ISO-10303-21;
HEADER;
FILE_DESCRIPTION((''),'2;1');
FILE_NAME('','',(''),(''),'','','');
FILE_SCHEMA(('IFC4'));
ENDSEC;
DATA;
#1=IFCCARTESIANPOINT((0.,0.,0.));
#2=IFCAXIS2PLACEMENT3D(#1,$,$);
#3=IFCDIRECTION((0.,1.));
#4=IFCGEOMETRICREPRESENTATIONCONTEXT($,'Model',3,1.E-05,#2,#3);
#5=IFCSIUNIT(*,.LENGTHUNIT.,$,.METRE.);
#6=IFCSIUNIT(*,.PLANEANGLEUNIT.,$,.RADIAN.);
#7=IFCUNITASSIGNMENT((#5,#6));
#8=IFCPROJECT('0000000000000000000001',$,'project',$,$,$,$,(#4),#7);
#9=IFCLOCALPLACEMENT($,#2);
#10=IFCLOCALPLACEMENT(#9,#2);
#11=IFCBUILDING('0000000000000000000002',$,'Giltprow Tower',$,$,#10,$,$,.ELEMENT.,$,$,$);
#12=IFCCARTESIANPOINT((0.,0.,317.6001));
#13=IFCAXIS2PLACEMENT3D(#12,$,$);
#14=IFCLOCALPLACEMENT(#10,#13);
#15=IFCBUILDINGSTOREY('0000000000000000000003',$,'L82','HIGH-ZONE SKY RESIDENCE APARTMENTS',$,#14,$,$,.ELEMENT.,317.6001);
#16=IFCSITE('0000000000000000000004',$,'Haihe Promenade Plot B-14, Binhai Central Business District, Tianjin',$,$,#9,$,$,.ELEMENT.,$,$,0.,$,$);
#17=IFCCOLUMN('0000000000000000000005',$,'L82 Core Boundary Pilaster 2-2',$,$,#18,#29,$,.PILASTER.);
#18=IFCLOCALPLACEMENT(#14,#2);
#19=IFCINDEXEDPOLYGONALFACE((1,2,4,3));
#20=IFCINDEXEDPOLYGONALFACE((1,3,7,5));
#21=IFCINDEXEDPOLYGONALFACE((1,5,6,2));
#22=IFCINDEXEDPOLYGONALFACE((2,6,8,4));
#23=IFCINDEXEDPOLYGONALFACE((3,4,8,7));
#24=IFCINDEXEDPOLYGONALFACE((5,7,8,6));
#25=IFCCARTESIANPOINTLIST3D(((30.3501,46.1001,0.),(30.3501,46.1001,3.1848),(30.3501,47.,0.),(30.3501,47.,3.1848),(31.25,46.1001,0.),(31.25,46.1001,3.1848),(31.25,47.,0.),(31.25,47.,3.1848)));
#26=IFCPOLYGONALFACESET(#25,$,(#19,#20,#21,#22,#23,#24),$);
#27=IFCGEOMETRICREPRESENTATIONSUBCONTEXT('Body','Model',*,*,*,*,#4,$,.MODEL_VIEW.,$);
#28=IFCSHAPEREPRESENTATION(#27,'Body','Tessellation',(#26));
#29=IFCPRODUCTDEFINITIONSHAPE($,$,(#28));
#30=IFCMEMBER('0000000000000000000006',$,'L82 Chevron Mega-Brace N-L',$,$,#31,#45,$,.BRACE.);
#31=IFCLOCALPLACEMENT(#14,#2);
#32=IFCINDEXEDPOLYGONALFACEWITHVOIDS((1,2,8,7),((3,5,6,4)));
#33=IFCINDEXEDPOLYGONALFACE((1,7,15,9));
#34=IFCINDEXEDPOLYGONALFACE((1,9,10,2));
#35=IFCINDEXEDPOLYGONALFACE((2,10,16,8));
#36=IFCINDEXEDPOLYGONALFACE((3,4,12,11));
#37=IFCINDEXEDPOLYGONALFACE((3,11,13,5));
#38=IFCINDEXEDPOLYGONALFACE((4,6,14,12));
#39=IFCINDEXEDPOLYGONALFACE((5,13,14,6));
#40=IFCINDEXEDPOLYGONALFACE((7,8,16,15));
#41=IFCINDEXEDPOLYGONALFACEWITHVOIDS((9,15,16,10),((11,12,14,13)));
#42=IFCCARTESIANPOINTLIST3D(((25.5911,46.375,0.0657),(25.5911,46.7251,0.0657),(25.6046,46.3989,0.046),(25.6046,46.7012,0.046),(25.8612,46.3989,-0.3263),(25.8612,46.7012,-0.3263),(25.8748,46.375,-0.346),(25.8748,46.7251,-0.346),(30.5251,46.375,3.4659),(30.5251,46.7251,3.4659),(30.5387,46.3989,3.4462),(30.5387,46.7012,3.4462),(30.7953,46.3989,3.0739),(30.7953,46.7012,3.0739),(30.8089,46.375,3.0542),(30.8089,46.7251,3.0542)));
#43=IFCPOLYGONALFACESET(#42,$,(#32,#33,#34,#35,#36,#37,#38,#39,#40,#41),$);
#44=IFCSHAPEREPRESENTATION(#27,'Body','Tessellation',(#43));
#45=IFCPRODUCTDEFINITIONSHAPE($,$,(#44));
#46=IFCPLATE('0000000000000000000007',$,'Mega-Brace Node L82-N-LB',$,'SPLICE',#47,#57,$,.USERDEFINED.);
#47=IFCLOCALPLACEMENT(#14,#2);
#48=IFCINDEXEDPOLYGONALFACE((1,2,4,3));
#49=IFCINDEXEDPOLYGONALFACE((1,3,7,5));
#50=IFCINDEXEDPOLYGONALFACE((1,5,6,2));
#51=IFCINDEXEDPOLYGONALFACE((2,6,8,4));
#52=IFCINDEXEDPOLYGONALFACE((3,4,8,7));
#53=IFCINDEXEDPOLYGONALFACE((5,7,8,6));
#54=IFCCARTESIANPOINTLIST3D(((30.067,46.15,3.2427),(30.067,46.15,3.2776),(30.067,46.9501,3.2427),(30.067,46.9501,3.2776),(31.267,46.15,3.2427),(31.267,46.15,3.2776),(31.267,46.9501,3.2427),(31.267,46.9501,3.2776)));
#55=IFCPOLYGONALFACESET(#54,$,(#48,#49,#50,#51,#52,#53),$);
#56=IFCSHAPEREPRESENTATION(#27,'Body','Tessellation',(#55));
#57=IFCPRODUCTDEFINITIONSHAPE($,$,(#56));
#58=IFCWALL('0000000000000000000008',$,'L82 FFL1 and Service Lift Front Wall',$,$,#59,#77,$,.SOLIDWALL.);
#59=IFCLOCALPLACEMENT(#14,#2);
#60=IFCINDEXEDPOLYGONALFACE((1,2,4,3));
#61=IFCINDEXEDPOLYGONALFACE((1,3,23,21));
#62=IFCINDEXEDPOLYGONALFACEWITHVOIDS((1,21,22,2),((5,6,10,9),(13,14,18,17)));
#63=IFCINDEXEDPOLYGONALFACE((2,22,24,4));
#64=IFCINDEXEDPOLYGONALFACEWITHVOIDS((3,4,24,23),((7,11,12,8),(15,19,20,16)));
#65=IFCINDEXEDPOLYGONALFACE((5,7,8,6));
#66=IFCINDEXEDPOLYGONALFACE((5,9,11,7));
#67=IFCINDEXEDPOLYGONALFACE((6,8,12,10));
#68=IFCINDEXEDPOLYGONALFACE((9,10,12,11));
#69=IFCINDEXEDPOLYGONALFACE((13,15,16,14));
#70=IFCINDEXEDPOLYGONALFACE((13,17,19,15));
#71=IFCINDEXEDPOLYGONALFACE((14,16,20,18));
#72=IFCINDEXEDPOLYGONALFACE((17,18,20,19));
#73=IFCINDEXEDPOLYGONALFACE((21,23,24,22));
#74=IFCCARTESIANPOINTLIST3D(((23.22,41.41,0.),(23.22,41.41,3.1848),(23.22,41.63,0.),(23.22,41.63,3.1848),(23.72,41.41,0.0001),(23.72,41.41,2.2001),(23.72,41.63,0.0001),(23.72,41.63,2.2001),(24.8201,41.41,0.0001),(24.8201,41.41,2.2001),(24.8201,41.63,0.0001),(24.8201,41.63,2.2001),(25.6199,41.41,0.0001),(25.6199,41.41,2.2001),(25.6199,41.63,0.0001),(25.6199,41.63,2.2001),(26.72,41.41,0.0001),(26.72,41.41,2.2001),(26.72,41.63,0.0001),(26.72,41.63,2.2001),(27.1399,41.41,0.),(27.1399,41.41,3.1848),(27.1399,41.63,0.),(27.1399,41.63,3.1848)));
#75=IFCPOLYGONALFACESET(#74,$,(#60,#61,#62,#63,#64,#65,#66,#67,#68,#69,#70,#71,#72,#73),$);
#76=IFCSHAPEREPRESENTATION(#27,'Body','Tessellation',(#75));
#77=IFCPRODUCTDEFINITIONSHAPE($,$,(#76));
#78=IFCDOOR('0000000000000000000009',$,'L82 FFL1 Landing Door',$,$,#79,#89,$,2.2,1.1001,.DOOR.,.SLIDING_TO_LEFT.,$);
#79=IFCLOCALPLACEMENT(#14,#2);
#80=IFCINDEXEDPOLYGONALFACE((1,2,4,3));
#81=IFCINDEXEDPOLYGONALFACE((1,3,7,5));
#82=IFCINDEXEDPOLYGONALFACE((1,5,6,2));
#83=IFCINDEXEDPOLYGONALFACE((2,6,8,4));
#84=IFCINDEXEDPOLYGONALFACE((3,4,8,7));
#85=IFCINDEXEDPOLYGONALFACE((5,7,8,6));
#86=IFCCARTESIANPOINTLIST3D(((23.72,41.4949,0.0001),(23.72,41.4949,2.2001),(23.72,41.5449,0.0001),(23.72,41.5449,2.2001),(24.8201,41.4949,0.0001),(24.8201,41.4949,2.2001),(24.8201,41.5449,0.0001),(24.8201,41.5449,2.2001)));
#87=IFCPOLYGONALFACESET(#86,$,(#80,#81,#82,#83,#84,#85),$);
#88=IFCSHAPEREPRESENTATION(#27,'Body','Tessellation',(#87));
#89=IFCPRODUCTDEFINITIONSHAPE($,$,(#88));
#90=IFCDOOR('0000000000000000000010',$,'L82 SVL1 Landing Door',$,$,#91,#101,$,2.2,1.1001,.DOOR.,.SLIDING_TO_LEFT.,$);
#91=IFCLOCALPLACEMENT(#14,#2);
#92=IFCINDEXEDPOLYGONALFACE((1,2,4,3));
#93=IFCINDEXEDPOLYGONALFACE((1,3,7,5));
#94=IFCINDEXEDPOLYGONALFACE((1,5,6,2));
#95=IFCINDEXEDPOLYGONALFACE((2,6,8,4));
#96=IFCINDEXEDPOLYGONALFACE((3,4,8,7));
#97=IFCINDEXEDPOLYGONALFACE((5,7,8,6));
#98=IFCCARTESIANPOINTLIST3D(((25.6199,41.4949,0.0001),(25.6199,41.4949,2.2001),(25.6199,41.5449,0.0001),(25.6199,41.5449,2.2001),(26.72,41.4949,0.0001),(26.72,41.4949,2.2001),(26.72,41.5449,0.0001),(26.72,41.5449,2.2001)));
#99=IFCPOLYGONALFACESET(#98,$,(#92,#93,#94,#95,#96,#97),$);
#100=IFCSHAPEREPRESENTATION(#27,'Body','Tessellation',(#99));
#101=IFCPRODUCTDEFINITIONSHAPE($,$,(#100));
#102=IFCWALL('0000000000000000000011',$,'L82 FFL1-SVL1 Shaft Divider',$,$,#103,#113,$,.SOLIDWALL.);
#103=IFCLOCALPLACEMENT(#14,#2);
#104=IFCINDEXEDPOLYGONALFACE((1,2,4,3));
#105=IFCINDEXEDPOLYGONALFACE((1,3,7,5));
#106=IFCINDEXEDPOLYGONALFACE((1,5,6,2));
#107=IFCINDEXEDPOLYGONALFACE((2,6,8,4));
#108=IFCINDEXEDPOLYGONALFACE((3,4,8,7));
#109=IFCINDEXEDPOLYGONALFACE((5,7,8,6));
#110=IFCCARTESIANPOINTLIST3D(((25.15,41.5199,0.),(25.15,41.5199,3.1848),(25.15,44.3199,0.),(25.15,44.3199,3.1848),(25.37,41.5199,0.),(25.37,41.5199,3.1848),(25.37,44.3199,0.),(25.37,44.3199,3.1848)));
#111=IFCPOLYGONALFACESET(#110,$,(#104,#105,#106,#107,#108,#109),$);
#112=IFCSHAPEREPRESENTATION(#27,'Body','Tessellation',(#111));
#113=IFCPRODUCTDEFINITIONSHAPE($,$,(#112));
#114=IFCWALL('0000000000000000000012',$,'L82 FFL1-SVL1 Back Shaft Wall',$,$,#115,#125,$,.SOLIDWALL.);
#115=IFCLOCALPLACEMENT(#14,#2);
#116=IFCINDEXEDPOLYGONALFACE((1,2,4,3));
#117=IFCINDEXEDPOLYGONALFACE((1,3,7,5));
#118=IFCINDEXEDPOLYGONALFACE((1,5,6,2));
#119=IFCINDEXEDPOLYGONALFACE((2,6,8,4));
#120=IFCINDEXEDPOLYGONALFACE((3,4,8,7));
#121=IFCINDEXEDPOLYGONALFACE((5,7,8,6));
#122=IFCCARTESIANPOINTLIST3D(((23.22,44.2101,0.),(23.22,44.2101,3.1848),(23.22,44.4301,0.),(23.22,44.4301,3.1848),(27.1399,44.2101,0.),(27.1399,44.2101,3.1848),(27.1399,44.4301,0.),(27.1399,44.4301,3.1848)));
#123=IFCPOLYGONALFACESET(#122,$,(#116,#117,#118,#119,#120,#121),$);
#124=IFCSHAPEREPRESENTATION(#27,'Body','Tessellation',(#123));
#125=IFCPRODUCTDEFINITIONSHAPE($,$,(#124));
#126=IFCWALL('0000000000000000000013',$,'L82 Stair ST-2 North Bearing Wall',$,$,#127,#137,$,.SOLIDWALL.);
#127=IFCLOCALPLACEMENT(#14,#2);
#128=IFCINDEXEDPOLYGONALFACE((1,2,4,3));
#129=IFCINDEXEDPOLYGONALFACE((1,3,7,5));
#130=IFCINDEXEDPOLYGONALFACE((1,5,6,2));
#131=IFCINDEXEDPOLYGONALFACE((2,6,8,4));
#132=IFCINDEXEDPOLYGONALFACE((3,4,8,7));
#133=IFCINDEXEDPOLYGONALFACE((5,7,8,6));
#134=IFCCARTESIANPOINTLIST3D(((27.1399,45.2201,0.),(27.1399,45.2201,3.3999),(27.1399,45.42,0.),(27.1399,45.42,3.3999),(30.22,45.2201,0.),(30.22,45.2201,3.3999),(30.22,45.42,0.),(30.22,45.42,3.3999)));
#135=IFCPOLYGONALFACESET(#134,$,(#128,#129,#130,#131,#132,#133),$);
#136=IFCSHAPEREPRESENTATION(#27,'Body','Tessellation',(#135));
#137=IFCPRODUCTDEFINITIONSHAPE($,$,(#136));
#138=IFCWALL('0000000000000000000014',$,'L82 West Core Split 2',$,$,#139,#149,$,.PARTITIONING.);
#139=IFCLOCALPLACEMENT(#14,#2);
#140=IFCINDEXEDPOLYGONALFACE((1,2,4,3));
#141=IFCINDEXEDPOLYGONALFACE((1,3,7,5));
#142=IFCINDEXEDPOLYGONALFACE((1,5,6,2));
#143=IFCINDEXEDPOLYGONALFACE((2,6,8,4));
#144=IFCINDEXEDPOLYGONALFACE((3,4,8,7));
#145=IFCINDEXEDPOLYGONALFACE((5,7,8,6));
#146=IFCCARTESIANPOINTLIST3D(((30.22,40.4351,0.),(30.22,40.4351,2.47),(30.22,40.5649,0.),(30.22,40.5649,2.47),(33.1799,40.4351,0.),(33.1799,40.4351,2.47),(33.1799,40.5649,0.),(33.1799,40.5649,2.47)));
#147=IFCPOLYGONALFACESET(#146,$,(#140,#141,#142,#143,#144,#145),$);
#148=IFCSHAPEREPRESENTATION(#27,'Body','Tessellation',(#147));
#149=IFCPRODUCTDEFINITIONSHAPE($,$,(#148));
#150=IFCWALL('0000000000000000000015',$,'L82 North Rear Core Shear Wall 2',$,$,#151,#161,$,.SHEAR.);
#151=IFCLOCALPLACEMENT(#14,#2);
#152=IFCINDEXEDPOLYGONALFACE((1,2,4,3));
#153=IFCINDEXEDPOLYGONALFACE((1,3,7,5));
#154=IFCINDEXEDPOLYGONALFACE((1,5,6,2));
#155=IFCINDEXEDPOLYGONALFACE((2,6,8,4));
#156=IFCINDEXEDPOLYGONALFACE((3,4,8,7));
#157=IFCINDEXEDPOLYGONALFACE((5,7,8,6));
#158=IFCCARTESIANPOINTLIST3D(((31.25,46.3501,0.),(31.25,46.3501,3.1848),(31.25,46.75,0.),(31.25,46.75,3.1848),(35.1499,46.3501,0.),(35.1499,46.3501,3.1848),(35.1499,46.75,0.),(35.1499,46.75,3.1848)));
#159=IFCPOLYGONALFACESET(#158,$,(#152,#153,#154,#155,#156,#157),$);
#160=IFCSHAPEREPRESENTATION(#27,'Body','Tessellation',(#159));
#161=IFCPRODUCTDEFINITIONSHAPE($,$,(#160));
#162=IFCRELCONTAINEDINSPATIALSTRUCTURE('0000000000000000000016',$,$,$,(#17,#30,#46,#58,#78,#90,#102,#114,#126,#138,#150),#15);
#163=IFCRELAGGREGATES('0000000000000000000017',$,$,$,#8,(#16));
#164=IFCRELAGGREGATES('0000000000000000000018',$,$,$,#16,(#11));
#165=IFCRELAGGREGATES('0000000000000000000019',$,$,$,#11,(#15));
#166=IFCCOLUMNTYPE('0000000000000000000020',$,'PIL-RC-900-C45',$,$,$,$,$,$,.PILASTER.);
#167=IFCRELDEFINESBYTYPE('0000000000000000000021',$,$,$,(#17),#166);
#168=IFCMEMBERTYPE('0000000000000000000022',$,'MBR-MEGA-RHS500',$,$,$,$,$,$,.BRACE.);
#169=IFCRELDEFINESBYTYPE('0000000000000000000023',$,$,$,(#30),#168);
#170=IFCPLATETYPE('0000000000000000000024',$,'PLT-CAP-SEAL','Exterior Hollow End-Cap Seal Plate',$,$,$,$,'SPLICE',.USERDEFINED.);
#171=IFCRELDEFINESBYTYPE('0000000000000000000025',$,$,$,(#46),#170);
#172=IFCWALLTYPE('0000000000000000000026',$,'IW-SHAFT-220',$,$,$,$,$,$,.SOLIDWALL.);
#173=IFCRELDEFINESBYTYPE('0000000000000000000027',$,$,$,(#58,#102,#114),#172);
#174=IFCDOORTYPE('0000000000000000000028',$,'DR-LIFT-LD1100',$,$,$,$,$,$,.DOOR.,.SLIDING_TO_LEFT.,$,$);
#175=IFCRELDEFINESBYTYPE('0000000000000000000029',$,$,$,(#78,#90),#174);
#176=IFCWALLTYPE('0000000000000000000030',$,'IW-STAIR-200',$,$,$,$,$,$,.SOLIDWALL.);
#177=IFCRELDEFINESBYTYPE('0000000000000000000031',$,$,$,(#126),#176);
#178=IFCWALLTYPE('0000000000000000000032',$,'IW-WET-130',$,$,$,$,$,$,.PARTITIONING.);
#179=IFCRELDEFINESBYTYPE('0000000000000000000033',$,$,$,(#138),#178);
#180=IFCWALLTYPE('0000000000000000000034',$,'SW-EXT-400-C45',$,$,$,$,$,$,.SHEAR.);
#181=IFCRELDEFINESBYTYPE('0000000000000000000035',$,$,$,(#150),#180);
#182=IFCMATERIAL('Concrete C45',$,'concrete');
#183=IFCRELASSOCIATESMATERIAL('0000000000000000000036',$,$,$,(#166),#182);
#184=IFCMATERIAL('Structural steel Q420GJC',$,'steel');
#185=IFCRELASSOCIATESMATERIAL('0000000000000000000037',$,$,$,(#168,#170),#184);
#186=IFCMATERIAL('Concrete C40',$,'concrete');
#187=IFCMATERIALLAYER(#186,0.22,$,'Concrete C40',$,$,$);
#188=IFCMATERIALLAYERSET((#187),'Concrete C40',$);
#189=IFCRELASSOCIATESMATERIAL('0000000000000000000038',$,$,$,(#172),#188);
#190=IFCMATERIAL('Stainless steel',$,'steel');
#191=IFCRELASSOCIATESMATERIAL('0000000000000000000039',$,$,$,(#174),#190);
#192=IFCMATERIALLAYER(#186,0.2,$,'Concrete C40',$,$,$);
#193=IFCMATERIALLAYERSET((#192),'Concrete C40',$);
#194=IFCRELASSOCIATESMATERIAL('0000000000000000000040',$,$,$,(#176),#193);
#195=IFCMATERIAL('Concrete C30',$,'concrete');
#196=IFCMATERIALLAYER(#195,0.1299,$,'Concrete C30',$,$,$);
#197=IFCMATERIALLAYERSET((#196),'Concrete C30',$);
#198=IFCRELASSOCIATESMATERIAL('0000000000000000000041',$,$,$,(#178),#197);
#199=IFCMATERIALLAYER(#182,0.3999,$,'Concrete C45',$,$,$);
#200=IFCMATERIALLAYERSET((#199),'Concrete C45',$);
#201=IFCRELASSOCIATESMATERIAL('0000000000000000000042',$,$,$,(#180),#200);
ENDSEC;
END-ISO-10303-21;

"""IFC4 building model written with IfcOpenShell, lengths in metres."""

from ifc_helpers import new_model, si_unit, direction, frame, frame_2d, origin, origin_2d, place, context, subcontext, project, spatial, rectangle, hollow_rectangle, extrude, source, transform, mapped, material, layer, layer_set, material_profile, profile_set, type_object, element, fill, save


model = new_model("IFC4")

# Units and contexts
model_context = context("Model", 3, precision=1e-05, world=origin(), true_north=direction((0.0, 1.0)))
body_context = subcontext(model_context, "Body", "Model", "MODEL_VIEW")
ifc_project = project(units=[si_unit("LENGTHUNIT", "METRE"), si_unit("PLANEANGLEUNIT", "RADIAN")], contexts=[model_context])

# Site, building, storey
site_placement = place(None, origin())
site = spatial("IfcSite", under=ifc_project, at=site_placement, Name="Haihe Promenade Plot B-14, Binhai Central Business District, Tianjin", CompositionType="ELEMENT", RefElevation=0.0)
building_placement = place(site_placement, origin())
building = spatial("IfcBuilding", under=site, at=building_placement, Name="Giltprow Tower", CompositionType="ELEMENT")
storey_placement = place(building_placement, frame((0.0, 0.0, 317.6001)))
storey = spatial("IfcBuildingStorey", under=building, at=storey_placement, Name="L82", Description="HIGH-ZONE SKY RESIDENCE APARTMENTS", CompositionType="ELEMENT", Elevation=317.6001)

# Column
ifc_material_1 = material(Name="Concrete C45", Category="concrete")
ifc_material_profile_1 = material_profile(ifc_material_1, rectangle(XDim=0.8999, YDim=0.8999, at=origin_2d()), Name="RC 900x900")
ifc_profile_set_1 = profile_set([ifc_material_profile_1], Name="Concrete C45")
column_type = type_object("IfcColumnType", Name="PIL-RC-900-C45", PredefinedType="PILASTER", material=ifc_profile_set_1)
shared_shape_1 = source(origin(), body_context, "Body", "SweptSolid", [
    extrude(rectangle(XDim=0.8999, YDim=0.8999, at=origin_2d()), origin(), (0.0, 0.0, 1.0), 3.1848),
])
column_placement = place(storey_placement, frame((30.8, 46.55, 0.0), z_axis=(0.0, 0.0, 1.0), x_axis=(1.0, 0.0, 0.0)))
element("IfcColumn", 1, at=column_placement, inside=storey, type_object=column_type, Name="L82 Core Boundary Pilaster 2-2", PredefinedType="PILASTER", context=body_context, shape_type="MappedRepresentation", body=[
    mapped(shared_shape_1, transform((0.0, 0.0, 0.0), x_axis=(1.0, 0.0, 0.0), y_axis=(0.0, 1.0, 0.0), z_axis=(0.0, 0.0, 1.0), scale=1.0)),
])

# Member
ifc_material_2 = material(Name="Structural steel Q420GJC", Category="steel")
ifc_material_profile_2 = material_profile(ifc_material_2, hollow_rectangle(XDim=0.3501, YDim=0.5, WallThickness=0.0239, at=origin_2d()), Name="RHS 500x350x24")
ifc_profile_set_2 = profile_set([ifc_material_profile_2], Name="Structural steel Q420GJC")
member_type = type_object("IfcMemberType", Name="MBR-MEGA-RHS500", PredefinedType="BRACE", material=ifc_profile_set_2)
shared_shape_2 = source(origin(), body_context, "Body", "SweptSolid", [
    extrude(hollow_rectangle(XDim=0.3501, YDim=0.5, WallThickness=0.0239, at=origin_2d()), origin(), (0.0, 0.0, 1.0), 5.9922),
])
member_placement = place(storey_placement, frame((25.7329, 46.55, -0.1401), z_axis=(0.823421, 0.0, 0.567431), x_axis=(0.0, 1.0, 0.0)))
element("IfcMember", 2, at=member_placement, inside=storey, type_object=member_type, Name="L82 Chevron Mega-Brace N-L", PredefinedType="BRACE", context=body_context, shape_type="MappedRepresentation", body=[
    mapped(shared_shape_2, transform((0.0, 0.0, 0.0), x_axis=(1.0, 0.0, 0.0), y_axis=(0.0, 1.0, 0.0), z_axis=(0.0, 0.0, 1.0), scale=1.0)),
])

# Plate
plate_type = type_object("IfcPlateType", Name="PLT-CAP-SEAL", Description="Exterior Hollow End-Cap Seal Plate", ElementType="SPLICE", PredefinedType="USERDEFINED", material=ifc_material_2)
shared_shape_3 = source(origin(), body_context, "Body", "SweptSolid", [
    extrude(rectangle(XDim=1.2, YDim=0.8, at=origin_2d()), origin(), (0.0, 0.0, 1.0), 0.0349),
])
plate_placement = place(storey_placement, frame((30.667, 46.55, 3.2427), z_axis=(0.0, 0.0, 1.0), x_axis=(1.0, 0.0, 0.0)))
element("IfcPlate", 3, at=plate_placement, inside=storey, type_object=plate_type, Name="Mega-Brace Node L82-N-LB", ObjectType="SPLICE", PredefinedType="USERDEFINED", context=body_context, shape_type="MappedRepresentation", body=[
    mapped(shared_shape_3, transform((0.0, 0.0, 0.0), x_axis=(1.0, 0.0, 0.0), y_axis=(0.0, 1.0, 0.0), z_axis=(0.0, 0.0, 1.0), scale=1.0)),
])

# Wall, openings, doors
ifc_material_3 = material(Name="Concrete C40", Category="concrete")
ifc_layer_1 = layer(ifc_material_3, 0.22, Name="Concrete C40")
ifc_layer_set_1 = layer_set([ifc_layer_1], Name="Concrete C40")
wall_type_1 = type_object("IfcWallType", Name="IW-SHAFT-220", PredefinedType="SOLIDWALL", material=ifc_layer_set_1)
wall_1_placement = place(storey_placement, frame((23.22, 41.52, 0.0), z_axis=(0.0, 0.0, 1.0), x_axis=(1.0, 0.0, 0.0)))
wall_1 = element("IfcWall", 4, at=wall_1_placement, inside=storey, type_object=wall_type_1, Name="L82 FFL1 and Service Lift Front Wall", PredefinedType="SOLIDWALL", context=body_context, shape_type="SweptSolid", body=[
    extrude(rectangle(XDim=3.9199, YDim=0.22, at=frame_2d((1.96, 0.0))), origin(), (0.0, 0.0, 1.0), 3.1848),
])
opening_1_placement = place(wall_1_placement, frame((0.5, 0.0, 0.0)))
opening_1 = element("IfcOpeningElement", 5, at=opening_1_placement, cuts=wall_1, PredefinedType="OPENING", context=body_context, shape_type="SweptSolid", body=[
    extrude(rectangle(XDim=1.1001, YDim=2.2, at=frame_2d((0.55, 1.1001))), frame((0.0, 0.1199, 0.0), z_axis=(0.0, -1.0, 0.0), x_axis=(1.0, 0.0, 0.0)), (0.0, 0.0, 1.0), 0.24),
])
opening_2_placement = place(wall_1_placement, frame((2.3999, 0.0, 0.0)))
opening_2 = element("IfcOpeningElement", 6, at=opening_2_placement, cuts=wall_1, PredefinedType="OPENING", context=body_context, shape_type="SweptSolid", body=[
    extrude(rectangle(XDim=1.1001, YDim=2.2, at=frame_2d((0.55, 1.1001))), frame((0.0, 0.1199, 0.0), z_axis=(0.0, -1.0, 0.0), x_axis=(1.0, 0.0, 0.0)), (0.0, 0.0, 1.0), 0.24),
])
ifc_material_4 = material(Name="Stainless steel", Category="steel")
door_type = type_object("IfcDoorType", Name="DR-LIFT-LD1100", OperationType="SLIDING_TO_LEFT", PredefinedType="DOOR", material=ifc_material_4)
shared_shape_4 = source(origin(), body_context, "Body", "SweptSolid", [
    extrude(rectangle(XDim=1.1001, YDim=2.2, at=frame_2d((0.55, 1.1001))), frame((0.0, 0.0249, 0.0), z_axis=(0.0, -1.0, 0.0), x_axis=(1.0, 0.0, 0.0)), (0.0, 0.0, 1.0), 0.05),
])
door_1_placement = place(opening_1_placement, origin())
door_1 = element("IfcDoor", 7, at=door_1_placement, inside=storey, type_object=door_type, Name="L82 FFL1 Landing Door", OperationType="SLIDING_TO_LEFT", OverallHeight=2.2, OverallWidth=1.1001, PredefinedType="DOOR", context=body_context, shape_type="MappedRepresentation", body=[
    mapped(shared_shape_4, transform((0.0, 0.0, 0.0), x_axis=(1.0, 0.0, 0.0), y_axis=(0.0, 1.0, 0.0), z_axis=(0.0, 0.0, 1.0), scale=1.0)),
])
fill(opening_1, door_1)
door_2_placement = place(opening_2_placement, origin())
door_2 = element("IfcDoor", 8, at=door_2_placement, inside=storey, type_object=door_type, Name="L82 SVL1 Landing Door", OperationType="SLIDING_TO_LEFT", OverallHeight=2.2, OverallWidth=1.1001, PredefinedType="DOOR", context=body_context, shape_type="MappedRepresentation", body=[
    mapped(shared_shape_4, transform((0.0, 0.0, 0.0), x_axis=(1.0, 0.0, 0.0), y_axis=(0.0, 1.0, 0.0), z_axis=(0.0, 0.0, 1.0), scale=1.0)),
])
fill(opening_2, door_2)

# Walls
wall_2_placement = place(storey_placement, frame((25.26, 41.52, 0.0), z_axis=(0.0, 0.0, 1.0), x_axis=(0.0, 1.0, 0.0)))
element("IfcWall", 9, at=wall_2_placement, inside=storey, type_object=wall_type_1, Name="L82 FFL1-SVL1 Shaft Divider", PredefinedType="SOLIDWALL", context=body_context, shape_type="SweptSolid", body=[
    extrude(rectangle(XDim=2.8, YDim=0.22, at=frame_2d((1.3999, 0.0))), origin(), (0.0, 0.0, 1.0), 3.1848),
])
wall_3_placement = place(storey_placement, frame((23.22, 44.3201, 0.0), z_axis=(0.0, 0.0, 1.0), x_axis=(1.0, 0.0, 0.0)))
element("IfcWall", 10, at=wall_3_placement, inside=storey, type_object=wall_type_1, Name="L82 FFL1-SVL1 Back Shaft Wall", PredefinedType="SOLIDWALL", context=body_context, shape_type="SweptSolid", body=[
    extrude(rectangle(XDim=3.9199, YDim=0.22, at=frame_2d((1.96, 0.0))), origin(), (0.0, 0.0, 1.0), 3.1848),
])
ifc_layer_2 = layer(ifc_material_3, 0.2, Name="Concrete C40")
ifc_layer_set_2 = layer_set([ifc_layer_2], Name="Concrete C40")
wall_type_2 = type_object("IfcWallType", Name="IW-STAIR-200", PredefinedType="SOLIDWALL", material=ifc_layer_set_2)
wall_4_placement = place(storey_placement, frame((27.1399, 45.3201, 0.0), z_axis=(0.0, 0.0, 1.0), x_axis=(1.0, 0.0, 0.0)))
element("IfcWall", 11, at=wall_4_placement, inside=storey, type_object=wall_type_2, Name="L82 Stair ST-2 North Bearing Wall", PredefinedType="SOLIDWALL", context=body_context, shape_type="SweptSolid", body=[
    extrude(rectangle(XDim=3.0801, YDim=0.2, at=frame_2d((1.54, 0.0))), origin(), (0.0, 0.0, 1.0), 3.3999),
])
ifc_material_5 = material(Name="Concrete C30", Category="concrete")
ifc_layer_3 = layer(ifc_material_5, 0.1299, Name="Concrete C30")
ifc_layer_set_3 = layer_set([ifc_layer_3], Name="Concrete C30")
wall_type_3 = type_object("IfcWallType", Name="IW-WET-130", PredefinedType="PARTITIONING", material=ifc_layer_set_3)
wall_5_placement = place(storey_placement, frame((30.22, 40.5, 0.0), z_axis=(0.0, 0.0, 1.0), x_axis=(1.0, 0.0, 0.0)))
element("IfcWall", 12, at=wall_5_placement, inside=storey, type_object=wall_type_3, Name="L82 West Core Split 2", PredefinedType="PARTITIONING", context=body_context, shape_type="SweptSolid", body=[
    extrude(rectangle(XDim=2.96, YDim=0.1299, at=frame_2d((1.48, 0.0))), origin(), (0.0, 0.0, 1.0), 2.47),
])
ifc_layer_4 = layer(ifc_material_1, 0.3999, Name="Concrete C45")
ifc_layer_set_4 = layer_set([ifc_layer_4], Name="Concrete C45")
wall_type_4 = type_object("IfcWallType", Name="SW-EXT-400-C45", PredefinedType="SHEAR", material=ifc_layer_set_4)
wall_6_placement = place(storey_placement, frame((31.25, 46.55, 0.0), z_axis=(0.0, 0.0, 1.0), x_axis=(1.0, 0.0, 0.0)))
element("IfcWall", 13, at=wall_6_placement, inside=storey, type_object=wall_type_4, Name="L82 North Rear Core Shear Wall 2", PredefinedType="SHEAR", context=body_context, shape_type="SweptSolid", body=[
    extrude(rectangle(XDim=3.8999, YDim=0.3999, at=frame_2d((1.95, 0.0))), origin(), (0.0, 0.0, 1.0), 3.1848),
])

save(model, "model.ifc")
